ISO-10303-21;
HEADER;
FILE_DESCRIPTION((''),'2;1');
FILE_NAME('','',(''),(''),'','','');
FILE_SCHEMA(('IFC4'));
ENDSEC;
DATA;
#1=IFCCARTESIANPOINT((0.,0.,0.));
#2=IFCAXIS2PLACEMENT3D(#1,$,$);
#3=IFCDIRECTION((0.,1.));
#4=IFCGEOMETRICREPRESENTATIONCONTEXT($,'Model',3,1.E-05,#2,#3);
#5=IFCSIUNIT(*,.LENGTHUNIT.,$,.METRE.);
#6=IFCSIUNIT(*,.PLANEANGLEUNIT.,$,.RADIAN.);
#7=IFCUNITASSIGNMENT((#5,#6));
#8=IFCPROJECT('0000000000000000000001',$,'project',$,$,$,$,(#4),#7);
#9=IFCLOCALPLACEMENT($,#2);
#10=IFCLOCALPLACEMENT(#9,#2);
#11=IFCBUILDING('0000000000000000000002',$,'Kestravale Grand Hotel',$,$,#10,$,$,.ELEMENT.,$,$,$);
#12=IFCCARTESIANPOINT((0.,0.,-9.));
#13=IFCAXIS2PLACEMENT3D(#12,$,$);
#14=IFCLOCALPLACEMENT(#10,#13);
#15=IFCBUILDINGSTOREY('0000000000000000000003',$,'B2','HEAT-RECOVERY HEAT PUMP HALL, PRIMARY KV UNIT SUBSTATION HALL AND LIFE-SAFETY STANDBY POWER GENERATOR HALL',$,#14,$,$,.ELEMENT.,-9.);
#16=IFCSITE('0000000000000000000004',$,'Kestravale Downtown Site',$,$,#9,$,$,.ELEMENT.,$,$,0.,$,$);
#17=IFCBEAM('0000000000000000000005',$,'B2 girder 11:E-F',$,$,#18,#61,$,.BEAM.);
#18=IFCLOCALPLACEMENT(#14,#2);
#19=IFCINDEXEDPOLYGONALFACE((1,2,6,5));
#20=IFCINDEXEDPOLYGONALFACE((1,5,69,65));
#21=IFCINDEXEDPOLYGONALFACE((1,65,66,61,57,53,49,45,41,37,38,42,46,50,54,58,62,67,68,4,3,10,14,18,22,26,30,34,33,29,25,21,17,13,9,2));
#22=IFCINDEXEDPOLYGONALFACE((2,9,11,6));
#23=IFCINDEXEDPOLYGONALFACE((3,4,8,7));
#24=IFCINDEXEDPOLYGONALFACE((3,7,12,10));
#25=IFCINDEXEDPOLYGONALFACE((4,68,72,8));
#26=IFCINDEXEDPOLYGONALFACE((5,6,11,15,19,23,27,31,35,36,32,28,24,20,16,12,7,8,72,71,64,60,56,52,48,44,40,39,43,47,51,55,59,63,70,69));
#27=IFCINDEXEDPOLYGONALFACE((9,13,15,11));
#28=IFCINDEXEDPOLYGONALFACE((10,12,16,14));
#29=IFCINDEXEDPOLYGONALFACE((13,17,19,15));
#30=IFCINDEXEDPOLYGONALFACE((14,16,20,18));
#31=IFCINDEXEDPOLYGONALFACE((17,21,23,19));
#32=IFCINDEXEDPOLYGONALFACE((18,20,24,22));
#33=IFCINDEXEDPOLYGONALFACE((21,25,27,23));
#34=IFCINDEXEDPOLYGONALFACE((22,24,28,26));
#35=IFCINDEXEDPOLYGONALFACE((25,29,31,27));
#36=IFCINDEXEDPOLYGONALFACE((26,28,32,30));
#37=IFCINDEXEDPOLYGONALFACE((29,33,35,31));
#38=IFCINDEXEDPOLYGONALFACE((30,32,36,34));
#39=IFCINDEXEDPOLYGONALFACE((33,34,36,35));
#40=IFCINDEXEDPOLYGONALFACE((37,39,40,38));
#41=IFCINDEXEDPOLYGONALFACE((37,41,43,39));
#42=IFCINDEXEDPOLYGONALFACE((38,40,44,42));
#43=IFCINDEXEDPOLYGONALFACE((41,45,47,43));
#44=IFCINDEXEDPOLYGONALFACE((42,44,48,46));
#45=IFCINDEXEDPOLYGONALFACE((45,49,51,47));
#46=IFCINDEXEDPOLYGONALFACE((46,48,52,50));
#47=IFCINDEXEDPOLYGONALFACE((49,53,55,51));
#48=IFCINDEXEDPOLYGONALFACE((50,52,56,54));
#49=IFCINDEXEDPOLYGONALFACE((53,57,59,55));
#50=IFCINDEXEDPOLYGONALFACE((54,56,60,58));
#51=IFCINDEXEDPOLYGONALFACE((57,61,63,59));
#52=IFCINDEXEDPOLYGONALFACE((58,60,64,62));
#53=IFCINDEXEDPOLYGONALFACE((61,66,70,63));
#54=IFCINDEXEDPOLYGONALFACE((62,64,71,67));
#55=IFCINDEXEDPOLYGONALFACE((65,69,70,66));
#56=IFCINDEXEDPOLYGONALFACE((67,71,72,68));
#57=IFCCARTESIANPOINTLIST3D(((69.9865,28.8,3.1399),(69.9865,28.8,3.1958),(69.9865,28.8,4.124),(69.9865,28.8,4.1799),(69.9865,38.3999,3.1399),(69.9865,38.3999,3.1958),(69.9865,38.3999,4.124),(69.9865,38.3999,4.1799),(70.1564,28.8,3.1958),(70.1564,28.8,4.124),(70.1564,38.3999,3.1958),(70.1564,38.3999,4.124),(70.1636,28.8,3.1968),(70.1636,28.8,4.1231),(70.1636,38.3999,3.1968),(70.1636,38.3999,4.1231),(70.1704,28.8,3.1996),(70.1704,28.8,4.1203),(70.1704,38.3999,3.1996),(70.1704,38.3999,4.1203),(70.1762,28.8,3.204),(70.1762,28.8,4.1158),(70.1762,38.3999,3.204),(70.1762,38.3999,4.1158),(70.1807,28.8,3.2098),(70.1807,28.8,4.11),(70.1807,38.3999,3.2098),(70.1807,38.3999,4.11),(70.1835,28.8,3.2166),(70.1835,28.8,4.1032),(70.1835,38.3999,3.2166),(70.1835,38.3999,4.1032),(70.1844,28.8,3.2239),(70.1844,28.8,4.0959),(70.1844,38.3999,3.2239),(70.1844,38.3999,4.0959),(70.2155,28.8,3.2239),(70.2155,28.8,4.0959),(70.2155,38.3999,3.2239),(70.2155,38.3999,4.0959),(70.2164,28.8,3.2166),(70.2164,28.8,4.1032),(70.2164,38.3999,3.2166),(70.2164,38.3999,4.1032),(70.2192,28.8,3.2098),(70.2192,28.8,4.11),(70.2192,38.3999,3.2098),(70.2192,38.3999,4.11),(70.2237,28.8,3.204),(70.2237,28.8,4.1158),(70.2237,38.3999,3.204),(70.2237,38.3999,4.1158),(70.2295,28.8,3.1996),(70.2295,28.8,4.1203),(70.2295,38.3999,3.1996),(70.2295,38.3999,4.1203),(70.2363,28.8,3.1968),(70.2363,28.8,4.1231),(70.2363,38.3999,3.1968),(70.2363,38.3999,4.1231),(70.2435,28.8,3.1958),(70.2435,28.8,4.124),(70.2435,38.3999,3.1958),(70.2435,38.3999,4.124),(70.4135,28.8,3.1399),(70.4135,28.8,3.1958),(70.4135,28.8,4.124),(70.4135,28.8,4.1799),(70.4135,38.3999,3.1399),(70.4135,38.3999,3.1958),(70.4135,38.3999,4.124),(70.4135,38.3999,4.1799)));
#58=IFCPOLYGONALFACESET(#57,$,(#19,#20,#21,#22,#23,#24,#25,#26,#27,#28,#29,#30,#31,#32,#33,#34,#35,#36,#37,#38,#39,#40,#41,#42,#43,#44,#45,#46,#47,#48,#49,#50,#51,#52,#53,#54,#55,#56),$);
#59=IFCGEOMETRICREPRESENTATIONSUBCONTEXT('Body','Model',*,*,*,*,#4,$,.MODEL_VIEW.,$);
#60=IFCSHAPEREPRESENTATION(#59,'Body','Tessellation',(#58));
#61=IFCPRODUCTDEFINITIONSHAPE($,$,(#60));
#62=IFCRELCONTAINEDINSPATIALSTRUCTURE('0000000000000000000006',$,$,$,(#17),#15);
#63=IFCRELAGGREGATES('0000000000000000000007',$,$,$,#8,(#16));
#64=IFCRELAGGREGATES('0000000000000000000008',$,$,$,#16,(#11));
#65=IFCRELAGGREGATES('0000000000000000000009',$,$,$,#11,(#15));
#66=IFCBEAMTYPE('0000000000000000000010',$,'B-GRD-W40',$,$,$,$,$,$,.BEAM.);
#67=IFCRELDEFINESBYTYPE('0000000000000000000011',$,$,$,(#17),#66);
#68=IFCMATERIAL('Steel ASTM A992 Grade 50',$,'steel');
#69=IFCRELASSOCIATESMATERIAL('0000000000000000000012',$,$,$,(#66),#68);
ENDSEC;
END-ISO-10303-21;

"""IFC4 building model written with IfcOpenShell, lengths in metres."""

from ifc_helpers import new_model, si_unit, direction, frame, origin, origin_2d, place, context, subcontext, project, spatial, i_section, extrude, material, material_profile, profile_set, type_object, element, save


model = new_model("IFC4")

# Units and contexts
model_context = context("Model", 3, precision=1e-05, world=origin(), true_north=direction((0.0, 1.0)))
body_context = subcontext(model_context, "Body", "Model", "MODEL_VIEW")
ifc_project = project(units=[si_unit("LENGTHUNIT", "METRE"), si_unit("PLANEANGLEUNIT", "RADIAN")], contexts=[model_context])

# Site, building, storey
site_placement = place(None, origin())
site = spatial("IfcSite", under=ifc_project, at=site_placement, Name="Kestravale Downtown Site", CompositionType="ELEMENT", RefElevation=0.0)
building_placement = place(site_placement, origin())
building = spatial("IfcBuilding", under=site, at=building_placement, Name="Kestravale Grand Hotel", CompositionType="ELEMENT")
storey_placement = place(building_placement, frame((0.0, 0.0, -9.0)))
storey = spatial("IfcBuildingStorey", under=building, at=storey_placement, Name="B2", Description="HEAT-RECOVERY HEAT PUMP HALL, PRIMARY KV UNIT SUBSTATION HALL AND LIFE-SAFETY STANDBY POWER GENERATOR HALL", CompositionType="ELEMENT", Elevation=-9.0)

# Beam
ifc_material_1 = material(Name="Steel ASTM A992 Grade 50", Category="steel")
ifc_material_profile_1 = material_profile(ifc_material_1, i_section(OverallWidth=0.427, OverallDepth=1.04, WebThickness=0.031, FlangeThickness=0.0559, FilletRadius=0.0281, at=origin_2d()))
ifc_profile_set_1 = profile_set([ifc_material_profile_1], Name="Steel ASTM A992 Grade 50")
beam_type_1 = type_object("IfcBeamType", Name="B-GRD-W40", PredefinedType="BEAM", material=ifc_profile_set_1)
beam_1_placement = place(storey_placement, frame((70.2, 28.8, 3.6599), z_axis=(0.0, 1.0, 0.0), x_axis=(-1.0, 0.0, 0.0)))
element("IfcBeam", 1, at=beam_1_placement, inside=storey, type_object=beam_type_1, Name="B2 girder 11:E-F", PredefinedType="BEAM", context=body_context, shape_type="SweptSolid", body=[
    extrude(i_section(OverallWidth=0.427, OverallDepth=1.04, WebThickness=0.031, FlangeThickness=0.0559, FilletRadius=0.0281, at=origin_2d()), origin(), (0.0, 0.0, 1.0), 9.5999),
])

save(model, "model.ifc")
